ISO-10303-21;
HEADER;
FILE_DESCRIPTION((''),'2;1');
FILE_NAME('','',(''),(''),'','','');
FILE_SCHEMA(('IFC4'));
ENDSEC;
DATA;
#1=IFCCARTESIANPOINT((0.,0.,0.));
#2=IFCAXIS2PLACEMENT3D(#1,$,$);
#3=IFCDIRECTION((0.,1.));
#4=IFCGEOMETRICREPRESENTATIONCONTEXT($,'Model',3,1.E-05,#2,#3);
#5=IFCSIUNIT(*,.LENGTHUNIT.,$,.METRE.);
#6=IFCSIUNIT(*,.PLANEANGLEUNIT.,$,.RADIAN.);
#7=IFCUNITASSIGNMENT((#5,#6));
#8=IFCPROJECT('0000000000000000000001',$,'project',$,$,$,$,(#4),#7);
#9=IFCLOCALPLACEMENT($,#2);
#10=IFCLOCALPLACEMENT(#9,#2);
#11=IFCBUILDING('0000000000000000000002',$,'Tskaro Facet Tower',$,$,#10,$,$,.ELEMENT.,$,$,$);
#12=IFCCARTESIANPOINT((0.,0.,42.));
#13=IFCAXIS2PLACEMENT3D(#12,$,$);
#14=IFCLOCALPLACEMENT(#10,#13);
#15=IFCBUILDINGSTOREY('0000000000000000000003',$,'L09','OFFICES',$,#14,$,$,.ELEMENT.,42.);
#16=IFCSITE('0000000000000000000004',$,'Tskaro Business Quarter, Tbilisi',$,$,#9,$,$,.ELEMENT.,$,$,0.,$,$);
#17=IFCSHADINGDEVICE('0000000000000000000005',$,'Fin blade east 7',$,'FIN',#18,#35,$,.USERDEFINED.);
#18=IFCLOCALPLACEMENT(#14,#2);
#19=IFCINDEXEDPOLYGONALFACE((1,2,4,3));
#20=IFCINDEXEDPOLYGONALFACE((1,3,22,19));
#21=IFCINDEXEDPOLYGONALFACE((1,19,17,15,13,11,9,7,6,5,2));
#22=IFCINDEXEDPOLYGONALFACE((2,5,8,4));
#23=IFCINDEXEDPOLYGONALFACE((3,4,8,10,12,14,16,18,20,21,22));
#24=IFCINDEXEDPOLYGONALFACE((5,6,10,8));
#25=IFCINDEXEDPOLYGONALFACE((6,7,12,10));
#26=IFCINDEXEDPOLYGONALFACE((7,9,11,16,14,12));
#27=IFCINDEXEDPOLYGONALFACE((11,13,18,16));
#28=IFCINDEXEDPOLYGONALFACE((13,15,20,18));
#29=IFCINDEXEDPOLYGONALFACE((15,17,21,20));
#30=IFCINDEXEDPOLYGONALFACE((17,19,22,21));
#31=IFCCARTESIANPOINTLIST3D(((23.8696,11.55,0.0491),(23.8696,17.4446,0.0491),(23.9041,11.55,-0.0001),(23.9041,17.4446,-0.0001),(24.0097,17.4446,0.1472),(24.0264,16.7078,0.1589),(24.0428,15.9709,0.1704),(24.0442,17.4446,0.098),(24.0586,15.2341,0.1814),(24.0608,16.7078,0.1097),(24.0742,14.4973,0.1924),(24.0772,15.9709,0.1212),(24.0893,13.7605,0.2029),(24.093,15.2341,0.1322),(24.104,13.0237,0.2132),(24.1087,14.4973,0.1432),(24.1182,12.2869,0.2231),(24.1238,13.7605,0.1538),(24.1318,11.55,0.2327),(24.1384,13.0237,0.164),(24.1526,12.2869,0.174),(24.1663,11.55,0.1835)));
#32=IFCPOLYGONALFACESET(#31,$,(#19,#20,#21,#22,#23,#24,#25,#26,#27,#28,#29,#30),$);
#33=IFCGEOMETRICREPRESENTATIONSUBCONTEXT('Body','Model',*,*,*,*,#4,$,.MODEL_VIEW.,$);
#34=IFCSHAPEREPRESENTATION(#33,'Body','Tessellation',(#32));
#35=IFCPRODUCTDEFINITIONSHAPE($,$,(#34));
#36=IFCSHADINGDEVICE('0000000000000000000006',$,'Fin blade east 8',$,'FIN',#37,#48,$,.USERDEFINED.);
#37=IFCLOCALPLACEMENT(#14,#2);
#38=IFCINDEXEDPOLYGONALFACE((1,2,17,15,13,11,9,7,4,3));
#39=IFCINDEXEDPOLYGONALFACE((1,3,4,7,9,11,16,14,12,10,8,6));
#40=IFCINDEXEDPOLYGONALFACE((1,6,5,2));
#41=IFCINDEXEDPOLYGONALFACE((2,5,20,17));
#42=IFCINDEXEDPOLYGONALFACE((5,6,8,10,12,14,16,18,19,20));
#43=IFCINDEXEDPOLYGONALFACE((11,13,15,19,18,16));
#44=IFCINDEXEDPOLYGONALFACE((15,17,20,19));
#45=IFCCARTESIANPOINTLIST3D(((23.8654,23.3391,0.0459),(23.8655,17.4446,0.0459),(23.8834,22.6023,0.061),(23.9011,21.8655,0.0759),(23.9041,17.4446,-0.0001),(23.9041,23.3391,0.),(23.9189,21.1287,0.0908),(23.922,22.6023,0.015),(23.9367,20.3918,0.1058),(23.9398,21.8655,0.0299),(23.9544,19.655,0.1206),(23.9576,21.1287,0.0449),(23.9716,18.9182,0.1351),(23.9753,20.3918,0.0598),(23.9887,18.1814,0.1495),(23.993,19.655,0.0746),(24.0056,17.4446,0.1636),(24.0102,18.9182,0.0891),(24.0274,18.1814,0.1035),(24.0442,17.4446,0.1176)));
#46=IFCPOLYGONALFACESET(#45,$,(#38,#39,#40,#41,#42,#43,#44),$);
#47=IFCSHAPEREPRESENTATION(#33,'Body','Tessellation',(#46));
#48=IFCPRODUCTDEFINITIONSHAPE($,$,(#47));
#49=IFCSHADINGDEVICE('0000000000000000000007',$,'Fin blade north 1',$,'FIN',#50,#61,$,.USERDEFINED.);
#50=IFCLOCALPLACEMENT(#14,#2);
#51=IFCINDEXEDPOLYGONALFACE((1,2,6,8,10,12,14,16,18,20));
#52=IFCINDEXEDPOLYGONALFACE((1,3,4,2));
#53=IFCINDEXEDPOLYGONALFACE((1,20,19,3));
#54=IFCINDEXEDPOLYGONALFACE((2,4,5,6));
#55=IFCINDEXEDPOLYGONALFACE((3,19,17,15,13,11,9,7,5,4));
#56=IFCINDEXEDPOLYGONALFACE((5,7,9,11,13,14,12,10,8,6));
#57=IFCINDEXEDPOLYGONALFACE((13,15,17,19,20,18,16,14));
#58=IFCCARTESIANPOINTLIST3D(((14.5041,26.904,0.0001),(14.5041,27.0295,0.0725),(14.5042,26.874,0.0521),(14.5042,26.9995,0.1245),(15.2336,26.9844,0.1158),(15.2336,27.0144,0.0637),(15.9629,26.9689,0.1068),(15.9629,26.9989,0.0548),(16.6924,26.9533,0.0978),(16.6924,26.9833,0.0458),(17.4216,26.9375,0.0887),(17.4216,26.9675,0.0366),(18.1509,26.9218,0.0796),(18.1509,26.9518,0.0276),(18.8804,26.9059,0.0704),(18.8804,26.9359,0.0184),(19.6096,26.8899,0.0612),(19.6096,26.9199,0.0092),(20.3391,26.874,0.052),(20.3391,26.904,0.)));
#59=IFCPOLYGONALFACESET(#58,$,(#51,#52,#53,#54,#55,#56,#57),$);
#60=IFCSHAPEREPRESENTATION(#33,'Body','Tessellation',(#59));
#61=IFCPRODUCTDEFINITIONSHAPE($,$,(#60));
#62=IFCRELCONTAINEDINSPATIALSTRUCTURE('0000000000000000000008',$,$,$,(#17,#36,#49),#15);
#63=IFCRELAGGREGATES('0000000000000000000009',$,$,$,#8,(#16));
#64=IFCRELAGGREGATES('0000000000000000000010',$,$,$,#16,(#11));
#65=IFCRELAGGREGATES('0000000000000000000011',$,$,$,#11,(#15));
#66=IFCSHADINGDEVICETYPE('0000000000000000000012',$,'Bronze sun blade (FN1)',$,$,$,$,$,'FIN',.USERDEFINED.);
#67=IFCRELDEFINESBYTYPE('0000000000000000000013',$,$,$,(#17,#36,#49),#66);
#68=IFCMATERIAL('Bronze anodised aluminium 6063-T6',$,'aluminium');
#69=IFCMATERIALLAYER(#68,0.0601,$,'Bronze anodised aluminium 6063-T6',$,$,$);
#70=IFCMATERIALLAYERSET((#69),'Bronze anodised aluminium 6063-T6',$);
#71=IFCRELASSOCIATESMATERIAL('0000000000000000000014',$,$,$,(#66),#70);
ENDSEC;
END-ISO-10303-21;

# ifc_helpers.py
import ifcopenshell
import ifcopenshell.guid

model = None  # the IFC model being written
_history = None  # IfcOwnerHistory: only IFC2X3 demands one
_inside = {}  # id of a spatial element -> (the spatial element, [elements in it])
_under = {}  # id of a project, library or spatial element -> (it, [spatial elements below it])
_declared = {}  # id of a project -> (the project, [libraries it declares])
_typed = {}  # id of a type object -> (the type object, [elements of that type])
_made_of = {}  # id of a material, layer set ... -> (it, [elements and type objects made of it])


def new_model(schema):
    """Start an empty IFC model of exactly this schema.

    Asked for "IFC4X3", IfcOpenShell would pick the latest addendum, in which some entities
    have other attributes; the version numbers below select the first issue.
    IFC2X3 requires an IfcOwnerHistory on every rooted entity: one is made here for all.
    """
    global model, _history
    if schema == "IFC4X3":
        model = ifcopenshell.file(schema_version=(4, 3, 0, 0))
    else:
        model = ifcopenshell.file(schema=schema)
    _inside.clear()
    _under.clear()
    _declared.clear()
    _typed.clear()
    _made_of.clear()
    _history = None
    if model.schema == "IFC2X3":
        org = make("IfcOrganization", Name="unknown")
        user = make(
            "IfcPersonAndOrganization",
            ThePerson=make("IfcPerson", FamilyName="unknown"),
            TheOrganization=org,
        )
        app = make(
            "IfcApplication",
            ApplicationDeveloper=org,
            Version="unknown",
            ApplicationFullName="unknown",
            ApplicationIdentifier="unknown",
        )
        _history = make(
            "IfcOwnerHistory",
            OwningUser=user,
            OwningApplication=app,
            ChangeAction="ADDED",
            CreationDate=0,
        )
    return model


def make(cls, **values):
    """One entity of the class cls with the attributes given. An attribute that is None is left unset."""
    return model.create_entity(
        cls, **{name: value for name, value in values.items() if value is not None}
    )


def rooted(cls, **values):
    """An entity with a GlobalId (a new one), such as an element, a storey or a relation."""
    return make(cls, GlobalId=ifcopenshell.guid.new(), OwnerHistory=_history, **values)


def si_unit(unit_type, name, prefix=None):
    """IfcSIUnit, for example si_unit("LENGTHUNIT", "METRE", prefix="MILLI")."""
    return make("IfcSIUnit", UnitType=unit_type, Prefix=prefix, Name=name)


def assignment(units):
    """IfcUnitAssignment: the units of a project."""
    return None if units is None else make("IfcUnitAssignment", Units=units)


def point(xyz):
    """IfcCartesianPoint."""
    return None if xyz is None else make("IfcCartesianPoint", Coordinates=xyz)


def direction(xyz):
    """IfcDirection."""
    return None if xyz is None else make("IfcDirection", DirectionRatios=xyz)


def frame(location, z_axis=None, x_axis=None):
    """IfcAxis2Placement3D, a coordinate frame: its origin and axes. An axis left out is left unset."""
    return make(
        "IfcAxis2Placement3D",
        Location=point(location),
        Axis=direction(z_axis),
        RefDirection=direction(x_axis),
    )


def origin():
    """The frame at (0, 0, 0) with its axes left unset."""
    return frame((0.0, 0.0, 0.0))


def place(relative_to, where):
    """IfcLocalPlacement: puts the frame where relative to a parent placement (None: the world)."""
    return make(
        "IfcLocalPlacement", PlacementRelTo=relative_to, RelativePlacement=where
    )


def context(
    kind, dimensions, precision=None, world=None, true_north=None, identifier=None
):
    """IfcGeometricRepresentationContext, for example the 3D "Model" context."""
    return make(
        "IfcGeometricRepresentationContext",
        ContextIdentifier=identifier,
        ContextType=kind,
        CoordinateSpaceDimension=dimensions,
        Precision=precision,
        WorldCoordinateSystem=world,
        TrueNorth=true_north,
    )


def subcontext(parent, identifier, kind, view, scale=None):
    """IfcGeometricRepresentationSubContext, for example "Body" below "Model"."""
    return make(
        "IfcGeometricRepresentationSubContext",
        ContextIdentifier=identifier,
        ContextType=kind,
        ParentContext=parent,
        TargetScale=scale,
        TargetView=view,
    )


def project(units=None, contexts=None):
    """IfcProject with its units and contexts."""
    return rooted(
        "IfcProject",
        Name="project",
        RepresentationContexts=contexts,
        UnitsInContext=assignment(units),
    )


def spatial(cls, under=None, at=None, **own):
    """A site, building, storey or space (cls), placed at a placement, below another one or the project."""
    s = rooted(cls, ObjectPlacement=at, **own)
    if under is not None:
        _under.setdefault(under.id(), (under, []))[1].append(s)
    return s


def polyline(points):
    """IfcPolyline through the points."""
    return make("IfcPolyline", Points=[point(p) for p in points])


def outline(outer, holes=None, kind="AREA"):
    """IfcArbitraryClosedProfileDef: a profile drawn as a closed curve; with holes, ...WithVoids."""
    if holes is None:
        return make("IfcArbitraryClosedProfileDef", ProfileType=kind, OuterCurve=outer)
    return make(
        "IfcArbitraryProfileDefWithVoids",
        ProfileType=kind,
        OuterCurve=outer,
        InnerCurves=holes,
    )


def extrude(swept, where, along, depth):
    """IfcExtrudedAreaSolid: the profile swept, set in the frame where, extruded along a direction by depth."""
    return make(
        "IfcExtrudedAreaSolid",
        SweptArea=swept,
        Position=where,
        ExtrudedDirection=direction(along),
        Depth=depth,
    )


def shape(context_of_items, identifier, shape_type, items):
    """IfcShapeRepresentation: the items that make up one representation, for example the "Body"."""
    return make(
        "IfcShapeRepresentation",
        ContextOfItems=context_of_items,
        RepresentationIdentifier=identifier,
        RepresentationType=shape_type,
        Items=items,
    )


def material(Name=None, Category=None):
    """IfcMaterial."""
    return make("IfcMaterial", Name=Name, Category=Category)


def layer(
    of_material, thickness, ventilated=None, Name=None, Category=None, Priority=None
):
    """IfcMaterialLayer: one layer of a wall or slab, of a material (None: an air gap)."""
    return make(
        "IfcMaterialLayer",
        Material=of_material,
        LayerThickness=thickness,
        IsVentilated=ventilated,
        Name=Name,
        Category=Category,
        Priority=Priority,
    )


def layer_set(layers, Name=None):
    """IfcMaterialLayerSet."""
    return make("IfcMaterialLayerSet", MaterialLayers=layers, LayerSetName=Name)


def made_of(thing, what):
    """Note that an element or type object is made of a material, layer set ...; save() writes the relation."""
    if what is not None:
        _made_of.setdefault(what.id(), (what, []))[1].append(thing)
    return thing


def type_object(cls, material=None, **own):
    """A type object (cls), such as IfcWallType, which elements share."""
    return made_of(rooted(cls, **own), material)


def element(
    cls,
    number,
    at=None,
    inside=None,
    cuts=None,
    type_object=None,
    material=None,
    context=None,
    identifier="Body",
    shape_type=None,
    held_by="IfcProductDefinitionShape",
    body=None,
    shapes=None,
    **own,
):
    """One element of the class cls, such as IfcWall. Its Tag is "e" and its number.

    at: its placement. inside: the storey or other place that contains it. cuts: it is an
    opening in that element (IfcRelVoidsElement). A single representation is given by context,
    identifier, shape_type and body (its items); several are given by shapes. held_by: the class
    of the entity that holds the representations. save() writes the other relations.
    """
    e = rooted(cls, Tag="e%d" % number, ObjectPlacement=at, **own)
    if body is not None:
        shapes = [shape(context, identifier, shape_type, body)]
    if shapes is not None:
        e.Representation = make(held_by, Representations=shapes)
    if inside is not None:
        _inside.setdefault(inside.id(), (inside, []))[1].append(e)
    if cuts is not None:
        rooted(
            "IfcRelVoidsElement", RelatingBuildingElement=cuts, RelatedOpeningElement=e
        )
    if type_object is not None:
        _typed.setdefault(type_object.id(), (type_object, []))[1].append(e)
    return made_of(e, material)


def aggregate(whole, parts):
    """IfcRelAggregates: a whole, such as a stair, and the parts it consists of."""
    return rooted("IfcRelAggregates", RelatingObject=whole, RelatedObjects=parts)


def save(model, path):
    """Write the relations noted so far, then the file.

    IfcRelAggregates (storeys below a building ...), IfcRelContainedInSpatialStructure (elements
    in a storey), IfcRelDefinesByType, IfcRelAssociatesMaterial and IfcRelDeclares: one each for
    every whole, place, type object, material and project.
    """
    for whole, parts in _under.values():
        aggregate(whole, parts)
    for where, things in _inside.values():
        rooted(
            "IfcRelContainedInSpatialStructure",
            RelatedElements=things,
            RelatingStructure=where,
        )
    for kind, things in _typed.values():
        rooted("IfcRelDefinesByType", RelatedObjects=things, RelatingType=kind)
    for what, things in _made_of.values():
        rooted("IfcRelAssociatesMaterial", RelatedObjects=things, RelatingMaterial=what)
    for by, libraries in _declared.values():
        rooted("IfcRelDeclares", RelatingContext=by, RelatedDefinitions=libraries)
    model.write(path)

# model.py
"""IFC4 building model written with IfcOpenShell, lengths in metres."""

from ifc_helpers import new_model, si_unit, direction, frame, origin, place, context, subcontext, project, spatial, polyline, outline, extrude, material, layer, layer_set, type_object, element, save


model = new_model("IFC4")

# Units and contexts
model_context = context("Model", 3, precision=1e-05, world=origin(), true_north=direction((0.0, 1.0)))
body_context = subcontext(model_context, "Body", "Model", "MODEL_VIEW")
ifc_project = project(units=[si_unit("LENGTHUNIT", "METRE"), si_unit("PLANEANGLEUNIT", "RADIAN")], contexts=[model_context])

# Site, building, storey
site_placement = place(None, origin())
site = spatial("IfcSite", under=ifc_project, at=site_placement, Name="Tskaro Business Quarter, Tbilisi", CompositionType="ELEMENT", RefElevation=0.0)
building_placement = place(site_placement, origin())
building = spatial("IfcBuilding", under=site, at=building_placement, Name="Tskaro Facet Tower", CompositionType="ELEMENT")
storey_placement = place(building_placement, frame((0.0, 0.0, 42.0)))
storey = spatial("IfcBuildingStorey", under=building, at=storey_placement, Name="L09", Description="OFFICES", CompositionType="ELEMENT", Elevation=42.0)

# Shared definitions
ifc_material_1 = material(Name="Bronze anodised aluminium 6063-T6", Category="aluminium")

# Shading devices
ifc_layer_1 = layer(ifc_material_1, 0.0601, Name="Bronze anodised aluminium 6063-T6")
ifc_layer_set_1 = layer_set([ifc_layer_1], Name="Bronze anodised aluminium 6063-T6")
shading_device_type = type_object("IfcShadingDeviceType", Name="Bronze sun blade (FN1)", ElementType="FIN", PredefinedType="USERDEFINED", material=ifc_layer_set_1)
shading_device_1_placement = place(storey_placement, frame((23.8696, 11.55, 0.0491), z_axis=(-0.573669, -0.000004, 0.819088), x_axis=(-0.000003, 1.0, 0.000004)))
element("IfcShadingDevice", 1, at=shading_device_1_placement, inside=storey, type_object=shading_device_type, Name="Fin blade east 7", ObjectType="FIN", PredefinedType="USERDEFINED", context=body_context, shape_type="SweptSolid", body=[
    extrude(outline(polyline([(0.0, 0.0), (5.8945, 0.0), (5.8945, -0.1711), (5.1577, -0.1914), (4.4209, -0.2114), (3.6841, -0.2307), (2.9473, -0.2498), (2.2104, -0.2682), (1.4736, -0.2861), (0.7368, -0.3034), (0.0, -0.3201), (0.0, 0.0)])), origin(), (0.0, 0.0, -1.0), 0.0601),
])
shading_device_2_placement = place(storey_placement, frame((23.8655, 17.4446, 0.0459), z_axis=(-0.643262, -0.000008, 0.765646), x_axis=(-0.000005, 1.0, 0.000006)))
element("IfcShadingDevice", 2, at=shading_device_2_placement, inside=storey, type_object=shading_device_type, Name="Fin blade east 8", ObjectType="FIN", PredefinedType="USERDEFINED", context=body_context, shape_type="SweptSolid", body=[
    extrude(outline(polyline([(0.0, 0.0), (5.8945, 0.0), (5.1577, -0.0234), (4.4209, -0.0466), (3.6841, -0.0698), (2.9473, -0.0931), (2.2104, -0.1161), (1.4736, -0.1386), (0.7368, -0.161), (0.0, -0.183), (0.0, 0.0)])), origin(), (0.0, 0.0, -1.0), 0.0601),
])
shading_device_3_placement = place(storey_placement, frame((20.3391, 26.874, 0.052), z_axis=(0.000022, -0.49953, 0.866297), x_axis=(-1.0, -0.000011, 0.000019)))
element("IfcShadingDevice", 3, at=shading_device_3_placement, inside=storey, type_object=shading_device_type, Name="Fin blade north 1", ObjectType="FIN", PredefinedType="USERDEFINED", context=body_context, shape_type="SweptSolid", body=[
    extrude(outline(polyline([(0.0, 0.0), (5.835, 0.0), (5.835, -0.1449), (5.1055, -0.1274), (4.3762, -0.1096), (3.6467, -0.0915), (2.9175, -0.0733), (2.1882, -0.0552), (1.4587, -0.0369), (0.7295, -0.0184), (0.0, 0.0)])), origin(), (0.0, 0.0, -1.0), 0.0601),
])

save(model, "model.ifc")
